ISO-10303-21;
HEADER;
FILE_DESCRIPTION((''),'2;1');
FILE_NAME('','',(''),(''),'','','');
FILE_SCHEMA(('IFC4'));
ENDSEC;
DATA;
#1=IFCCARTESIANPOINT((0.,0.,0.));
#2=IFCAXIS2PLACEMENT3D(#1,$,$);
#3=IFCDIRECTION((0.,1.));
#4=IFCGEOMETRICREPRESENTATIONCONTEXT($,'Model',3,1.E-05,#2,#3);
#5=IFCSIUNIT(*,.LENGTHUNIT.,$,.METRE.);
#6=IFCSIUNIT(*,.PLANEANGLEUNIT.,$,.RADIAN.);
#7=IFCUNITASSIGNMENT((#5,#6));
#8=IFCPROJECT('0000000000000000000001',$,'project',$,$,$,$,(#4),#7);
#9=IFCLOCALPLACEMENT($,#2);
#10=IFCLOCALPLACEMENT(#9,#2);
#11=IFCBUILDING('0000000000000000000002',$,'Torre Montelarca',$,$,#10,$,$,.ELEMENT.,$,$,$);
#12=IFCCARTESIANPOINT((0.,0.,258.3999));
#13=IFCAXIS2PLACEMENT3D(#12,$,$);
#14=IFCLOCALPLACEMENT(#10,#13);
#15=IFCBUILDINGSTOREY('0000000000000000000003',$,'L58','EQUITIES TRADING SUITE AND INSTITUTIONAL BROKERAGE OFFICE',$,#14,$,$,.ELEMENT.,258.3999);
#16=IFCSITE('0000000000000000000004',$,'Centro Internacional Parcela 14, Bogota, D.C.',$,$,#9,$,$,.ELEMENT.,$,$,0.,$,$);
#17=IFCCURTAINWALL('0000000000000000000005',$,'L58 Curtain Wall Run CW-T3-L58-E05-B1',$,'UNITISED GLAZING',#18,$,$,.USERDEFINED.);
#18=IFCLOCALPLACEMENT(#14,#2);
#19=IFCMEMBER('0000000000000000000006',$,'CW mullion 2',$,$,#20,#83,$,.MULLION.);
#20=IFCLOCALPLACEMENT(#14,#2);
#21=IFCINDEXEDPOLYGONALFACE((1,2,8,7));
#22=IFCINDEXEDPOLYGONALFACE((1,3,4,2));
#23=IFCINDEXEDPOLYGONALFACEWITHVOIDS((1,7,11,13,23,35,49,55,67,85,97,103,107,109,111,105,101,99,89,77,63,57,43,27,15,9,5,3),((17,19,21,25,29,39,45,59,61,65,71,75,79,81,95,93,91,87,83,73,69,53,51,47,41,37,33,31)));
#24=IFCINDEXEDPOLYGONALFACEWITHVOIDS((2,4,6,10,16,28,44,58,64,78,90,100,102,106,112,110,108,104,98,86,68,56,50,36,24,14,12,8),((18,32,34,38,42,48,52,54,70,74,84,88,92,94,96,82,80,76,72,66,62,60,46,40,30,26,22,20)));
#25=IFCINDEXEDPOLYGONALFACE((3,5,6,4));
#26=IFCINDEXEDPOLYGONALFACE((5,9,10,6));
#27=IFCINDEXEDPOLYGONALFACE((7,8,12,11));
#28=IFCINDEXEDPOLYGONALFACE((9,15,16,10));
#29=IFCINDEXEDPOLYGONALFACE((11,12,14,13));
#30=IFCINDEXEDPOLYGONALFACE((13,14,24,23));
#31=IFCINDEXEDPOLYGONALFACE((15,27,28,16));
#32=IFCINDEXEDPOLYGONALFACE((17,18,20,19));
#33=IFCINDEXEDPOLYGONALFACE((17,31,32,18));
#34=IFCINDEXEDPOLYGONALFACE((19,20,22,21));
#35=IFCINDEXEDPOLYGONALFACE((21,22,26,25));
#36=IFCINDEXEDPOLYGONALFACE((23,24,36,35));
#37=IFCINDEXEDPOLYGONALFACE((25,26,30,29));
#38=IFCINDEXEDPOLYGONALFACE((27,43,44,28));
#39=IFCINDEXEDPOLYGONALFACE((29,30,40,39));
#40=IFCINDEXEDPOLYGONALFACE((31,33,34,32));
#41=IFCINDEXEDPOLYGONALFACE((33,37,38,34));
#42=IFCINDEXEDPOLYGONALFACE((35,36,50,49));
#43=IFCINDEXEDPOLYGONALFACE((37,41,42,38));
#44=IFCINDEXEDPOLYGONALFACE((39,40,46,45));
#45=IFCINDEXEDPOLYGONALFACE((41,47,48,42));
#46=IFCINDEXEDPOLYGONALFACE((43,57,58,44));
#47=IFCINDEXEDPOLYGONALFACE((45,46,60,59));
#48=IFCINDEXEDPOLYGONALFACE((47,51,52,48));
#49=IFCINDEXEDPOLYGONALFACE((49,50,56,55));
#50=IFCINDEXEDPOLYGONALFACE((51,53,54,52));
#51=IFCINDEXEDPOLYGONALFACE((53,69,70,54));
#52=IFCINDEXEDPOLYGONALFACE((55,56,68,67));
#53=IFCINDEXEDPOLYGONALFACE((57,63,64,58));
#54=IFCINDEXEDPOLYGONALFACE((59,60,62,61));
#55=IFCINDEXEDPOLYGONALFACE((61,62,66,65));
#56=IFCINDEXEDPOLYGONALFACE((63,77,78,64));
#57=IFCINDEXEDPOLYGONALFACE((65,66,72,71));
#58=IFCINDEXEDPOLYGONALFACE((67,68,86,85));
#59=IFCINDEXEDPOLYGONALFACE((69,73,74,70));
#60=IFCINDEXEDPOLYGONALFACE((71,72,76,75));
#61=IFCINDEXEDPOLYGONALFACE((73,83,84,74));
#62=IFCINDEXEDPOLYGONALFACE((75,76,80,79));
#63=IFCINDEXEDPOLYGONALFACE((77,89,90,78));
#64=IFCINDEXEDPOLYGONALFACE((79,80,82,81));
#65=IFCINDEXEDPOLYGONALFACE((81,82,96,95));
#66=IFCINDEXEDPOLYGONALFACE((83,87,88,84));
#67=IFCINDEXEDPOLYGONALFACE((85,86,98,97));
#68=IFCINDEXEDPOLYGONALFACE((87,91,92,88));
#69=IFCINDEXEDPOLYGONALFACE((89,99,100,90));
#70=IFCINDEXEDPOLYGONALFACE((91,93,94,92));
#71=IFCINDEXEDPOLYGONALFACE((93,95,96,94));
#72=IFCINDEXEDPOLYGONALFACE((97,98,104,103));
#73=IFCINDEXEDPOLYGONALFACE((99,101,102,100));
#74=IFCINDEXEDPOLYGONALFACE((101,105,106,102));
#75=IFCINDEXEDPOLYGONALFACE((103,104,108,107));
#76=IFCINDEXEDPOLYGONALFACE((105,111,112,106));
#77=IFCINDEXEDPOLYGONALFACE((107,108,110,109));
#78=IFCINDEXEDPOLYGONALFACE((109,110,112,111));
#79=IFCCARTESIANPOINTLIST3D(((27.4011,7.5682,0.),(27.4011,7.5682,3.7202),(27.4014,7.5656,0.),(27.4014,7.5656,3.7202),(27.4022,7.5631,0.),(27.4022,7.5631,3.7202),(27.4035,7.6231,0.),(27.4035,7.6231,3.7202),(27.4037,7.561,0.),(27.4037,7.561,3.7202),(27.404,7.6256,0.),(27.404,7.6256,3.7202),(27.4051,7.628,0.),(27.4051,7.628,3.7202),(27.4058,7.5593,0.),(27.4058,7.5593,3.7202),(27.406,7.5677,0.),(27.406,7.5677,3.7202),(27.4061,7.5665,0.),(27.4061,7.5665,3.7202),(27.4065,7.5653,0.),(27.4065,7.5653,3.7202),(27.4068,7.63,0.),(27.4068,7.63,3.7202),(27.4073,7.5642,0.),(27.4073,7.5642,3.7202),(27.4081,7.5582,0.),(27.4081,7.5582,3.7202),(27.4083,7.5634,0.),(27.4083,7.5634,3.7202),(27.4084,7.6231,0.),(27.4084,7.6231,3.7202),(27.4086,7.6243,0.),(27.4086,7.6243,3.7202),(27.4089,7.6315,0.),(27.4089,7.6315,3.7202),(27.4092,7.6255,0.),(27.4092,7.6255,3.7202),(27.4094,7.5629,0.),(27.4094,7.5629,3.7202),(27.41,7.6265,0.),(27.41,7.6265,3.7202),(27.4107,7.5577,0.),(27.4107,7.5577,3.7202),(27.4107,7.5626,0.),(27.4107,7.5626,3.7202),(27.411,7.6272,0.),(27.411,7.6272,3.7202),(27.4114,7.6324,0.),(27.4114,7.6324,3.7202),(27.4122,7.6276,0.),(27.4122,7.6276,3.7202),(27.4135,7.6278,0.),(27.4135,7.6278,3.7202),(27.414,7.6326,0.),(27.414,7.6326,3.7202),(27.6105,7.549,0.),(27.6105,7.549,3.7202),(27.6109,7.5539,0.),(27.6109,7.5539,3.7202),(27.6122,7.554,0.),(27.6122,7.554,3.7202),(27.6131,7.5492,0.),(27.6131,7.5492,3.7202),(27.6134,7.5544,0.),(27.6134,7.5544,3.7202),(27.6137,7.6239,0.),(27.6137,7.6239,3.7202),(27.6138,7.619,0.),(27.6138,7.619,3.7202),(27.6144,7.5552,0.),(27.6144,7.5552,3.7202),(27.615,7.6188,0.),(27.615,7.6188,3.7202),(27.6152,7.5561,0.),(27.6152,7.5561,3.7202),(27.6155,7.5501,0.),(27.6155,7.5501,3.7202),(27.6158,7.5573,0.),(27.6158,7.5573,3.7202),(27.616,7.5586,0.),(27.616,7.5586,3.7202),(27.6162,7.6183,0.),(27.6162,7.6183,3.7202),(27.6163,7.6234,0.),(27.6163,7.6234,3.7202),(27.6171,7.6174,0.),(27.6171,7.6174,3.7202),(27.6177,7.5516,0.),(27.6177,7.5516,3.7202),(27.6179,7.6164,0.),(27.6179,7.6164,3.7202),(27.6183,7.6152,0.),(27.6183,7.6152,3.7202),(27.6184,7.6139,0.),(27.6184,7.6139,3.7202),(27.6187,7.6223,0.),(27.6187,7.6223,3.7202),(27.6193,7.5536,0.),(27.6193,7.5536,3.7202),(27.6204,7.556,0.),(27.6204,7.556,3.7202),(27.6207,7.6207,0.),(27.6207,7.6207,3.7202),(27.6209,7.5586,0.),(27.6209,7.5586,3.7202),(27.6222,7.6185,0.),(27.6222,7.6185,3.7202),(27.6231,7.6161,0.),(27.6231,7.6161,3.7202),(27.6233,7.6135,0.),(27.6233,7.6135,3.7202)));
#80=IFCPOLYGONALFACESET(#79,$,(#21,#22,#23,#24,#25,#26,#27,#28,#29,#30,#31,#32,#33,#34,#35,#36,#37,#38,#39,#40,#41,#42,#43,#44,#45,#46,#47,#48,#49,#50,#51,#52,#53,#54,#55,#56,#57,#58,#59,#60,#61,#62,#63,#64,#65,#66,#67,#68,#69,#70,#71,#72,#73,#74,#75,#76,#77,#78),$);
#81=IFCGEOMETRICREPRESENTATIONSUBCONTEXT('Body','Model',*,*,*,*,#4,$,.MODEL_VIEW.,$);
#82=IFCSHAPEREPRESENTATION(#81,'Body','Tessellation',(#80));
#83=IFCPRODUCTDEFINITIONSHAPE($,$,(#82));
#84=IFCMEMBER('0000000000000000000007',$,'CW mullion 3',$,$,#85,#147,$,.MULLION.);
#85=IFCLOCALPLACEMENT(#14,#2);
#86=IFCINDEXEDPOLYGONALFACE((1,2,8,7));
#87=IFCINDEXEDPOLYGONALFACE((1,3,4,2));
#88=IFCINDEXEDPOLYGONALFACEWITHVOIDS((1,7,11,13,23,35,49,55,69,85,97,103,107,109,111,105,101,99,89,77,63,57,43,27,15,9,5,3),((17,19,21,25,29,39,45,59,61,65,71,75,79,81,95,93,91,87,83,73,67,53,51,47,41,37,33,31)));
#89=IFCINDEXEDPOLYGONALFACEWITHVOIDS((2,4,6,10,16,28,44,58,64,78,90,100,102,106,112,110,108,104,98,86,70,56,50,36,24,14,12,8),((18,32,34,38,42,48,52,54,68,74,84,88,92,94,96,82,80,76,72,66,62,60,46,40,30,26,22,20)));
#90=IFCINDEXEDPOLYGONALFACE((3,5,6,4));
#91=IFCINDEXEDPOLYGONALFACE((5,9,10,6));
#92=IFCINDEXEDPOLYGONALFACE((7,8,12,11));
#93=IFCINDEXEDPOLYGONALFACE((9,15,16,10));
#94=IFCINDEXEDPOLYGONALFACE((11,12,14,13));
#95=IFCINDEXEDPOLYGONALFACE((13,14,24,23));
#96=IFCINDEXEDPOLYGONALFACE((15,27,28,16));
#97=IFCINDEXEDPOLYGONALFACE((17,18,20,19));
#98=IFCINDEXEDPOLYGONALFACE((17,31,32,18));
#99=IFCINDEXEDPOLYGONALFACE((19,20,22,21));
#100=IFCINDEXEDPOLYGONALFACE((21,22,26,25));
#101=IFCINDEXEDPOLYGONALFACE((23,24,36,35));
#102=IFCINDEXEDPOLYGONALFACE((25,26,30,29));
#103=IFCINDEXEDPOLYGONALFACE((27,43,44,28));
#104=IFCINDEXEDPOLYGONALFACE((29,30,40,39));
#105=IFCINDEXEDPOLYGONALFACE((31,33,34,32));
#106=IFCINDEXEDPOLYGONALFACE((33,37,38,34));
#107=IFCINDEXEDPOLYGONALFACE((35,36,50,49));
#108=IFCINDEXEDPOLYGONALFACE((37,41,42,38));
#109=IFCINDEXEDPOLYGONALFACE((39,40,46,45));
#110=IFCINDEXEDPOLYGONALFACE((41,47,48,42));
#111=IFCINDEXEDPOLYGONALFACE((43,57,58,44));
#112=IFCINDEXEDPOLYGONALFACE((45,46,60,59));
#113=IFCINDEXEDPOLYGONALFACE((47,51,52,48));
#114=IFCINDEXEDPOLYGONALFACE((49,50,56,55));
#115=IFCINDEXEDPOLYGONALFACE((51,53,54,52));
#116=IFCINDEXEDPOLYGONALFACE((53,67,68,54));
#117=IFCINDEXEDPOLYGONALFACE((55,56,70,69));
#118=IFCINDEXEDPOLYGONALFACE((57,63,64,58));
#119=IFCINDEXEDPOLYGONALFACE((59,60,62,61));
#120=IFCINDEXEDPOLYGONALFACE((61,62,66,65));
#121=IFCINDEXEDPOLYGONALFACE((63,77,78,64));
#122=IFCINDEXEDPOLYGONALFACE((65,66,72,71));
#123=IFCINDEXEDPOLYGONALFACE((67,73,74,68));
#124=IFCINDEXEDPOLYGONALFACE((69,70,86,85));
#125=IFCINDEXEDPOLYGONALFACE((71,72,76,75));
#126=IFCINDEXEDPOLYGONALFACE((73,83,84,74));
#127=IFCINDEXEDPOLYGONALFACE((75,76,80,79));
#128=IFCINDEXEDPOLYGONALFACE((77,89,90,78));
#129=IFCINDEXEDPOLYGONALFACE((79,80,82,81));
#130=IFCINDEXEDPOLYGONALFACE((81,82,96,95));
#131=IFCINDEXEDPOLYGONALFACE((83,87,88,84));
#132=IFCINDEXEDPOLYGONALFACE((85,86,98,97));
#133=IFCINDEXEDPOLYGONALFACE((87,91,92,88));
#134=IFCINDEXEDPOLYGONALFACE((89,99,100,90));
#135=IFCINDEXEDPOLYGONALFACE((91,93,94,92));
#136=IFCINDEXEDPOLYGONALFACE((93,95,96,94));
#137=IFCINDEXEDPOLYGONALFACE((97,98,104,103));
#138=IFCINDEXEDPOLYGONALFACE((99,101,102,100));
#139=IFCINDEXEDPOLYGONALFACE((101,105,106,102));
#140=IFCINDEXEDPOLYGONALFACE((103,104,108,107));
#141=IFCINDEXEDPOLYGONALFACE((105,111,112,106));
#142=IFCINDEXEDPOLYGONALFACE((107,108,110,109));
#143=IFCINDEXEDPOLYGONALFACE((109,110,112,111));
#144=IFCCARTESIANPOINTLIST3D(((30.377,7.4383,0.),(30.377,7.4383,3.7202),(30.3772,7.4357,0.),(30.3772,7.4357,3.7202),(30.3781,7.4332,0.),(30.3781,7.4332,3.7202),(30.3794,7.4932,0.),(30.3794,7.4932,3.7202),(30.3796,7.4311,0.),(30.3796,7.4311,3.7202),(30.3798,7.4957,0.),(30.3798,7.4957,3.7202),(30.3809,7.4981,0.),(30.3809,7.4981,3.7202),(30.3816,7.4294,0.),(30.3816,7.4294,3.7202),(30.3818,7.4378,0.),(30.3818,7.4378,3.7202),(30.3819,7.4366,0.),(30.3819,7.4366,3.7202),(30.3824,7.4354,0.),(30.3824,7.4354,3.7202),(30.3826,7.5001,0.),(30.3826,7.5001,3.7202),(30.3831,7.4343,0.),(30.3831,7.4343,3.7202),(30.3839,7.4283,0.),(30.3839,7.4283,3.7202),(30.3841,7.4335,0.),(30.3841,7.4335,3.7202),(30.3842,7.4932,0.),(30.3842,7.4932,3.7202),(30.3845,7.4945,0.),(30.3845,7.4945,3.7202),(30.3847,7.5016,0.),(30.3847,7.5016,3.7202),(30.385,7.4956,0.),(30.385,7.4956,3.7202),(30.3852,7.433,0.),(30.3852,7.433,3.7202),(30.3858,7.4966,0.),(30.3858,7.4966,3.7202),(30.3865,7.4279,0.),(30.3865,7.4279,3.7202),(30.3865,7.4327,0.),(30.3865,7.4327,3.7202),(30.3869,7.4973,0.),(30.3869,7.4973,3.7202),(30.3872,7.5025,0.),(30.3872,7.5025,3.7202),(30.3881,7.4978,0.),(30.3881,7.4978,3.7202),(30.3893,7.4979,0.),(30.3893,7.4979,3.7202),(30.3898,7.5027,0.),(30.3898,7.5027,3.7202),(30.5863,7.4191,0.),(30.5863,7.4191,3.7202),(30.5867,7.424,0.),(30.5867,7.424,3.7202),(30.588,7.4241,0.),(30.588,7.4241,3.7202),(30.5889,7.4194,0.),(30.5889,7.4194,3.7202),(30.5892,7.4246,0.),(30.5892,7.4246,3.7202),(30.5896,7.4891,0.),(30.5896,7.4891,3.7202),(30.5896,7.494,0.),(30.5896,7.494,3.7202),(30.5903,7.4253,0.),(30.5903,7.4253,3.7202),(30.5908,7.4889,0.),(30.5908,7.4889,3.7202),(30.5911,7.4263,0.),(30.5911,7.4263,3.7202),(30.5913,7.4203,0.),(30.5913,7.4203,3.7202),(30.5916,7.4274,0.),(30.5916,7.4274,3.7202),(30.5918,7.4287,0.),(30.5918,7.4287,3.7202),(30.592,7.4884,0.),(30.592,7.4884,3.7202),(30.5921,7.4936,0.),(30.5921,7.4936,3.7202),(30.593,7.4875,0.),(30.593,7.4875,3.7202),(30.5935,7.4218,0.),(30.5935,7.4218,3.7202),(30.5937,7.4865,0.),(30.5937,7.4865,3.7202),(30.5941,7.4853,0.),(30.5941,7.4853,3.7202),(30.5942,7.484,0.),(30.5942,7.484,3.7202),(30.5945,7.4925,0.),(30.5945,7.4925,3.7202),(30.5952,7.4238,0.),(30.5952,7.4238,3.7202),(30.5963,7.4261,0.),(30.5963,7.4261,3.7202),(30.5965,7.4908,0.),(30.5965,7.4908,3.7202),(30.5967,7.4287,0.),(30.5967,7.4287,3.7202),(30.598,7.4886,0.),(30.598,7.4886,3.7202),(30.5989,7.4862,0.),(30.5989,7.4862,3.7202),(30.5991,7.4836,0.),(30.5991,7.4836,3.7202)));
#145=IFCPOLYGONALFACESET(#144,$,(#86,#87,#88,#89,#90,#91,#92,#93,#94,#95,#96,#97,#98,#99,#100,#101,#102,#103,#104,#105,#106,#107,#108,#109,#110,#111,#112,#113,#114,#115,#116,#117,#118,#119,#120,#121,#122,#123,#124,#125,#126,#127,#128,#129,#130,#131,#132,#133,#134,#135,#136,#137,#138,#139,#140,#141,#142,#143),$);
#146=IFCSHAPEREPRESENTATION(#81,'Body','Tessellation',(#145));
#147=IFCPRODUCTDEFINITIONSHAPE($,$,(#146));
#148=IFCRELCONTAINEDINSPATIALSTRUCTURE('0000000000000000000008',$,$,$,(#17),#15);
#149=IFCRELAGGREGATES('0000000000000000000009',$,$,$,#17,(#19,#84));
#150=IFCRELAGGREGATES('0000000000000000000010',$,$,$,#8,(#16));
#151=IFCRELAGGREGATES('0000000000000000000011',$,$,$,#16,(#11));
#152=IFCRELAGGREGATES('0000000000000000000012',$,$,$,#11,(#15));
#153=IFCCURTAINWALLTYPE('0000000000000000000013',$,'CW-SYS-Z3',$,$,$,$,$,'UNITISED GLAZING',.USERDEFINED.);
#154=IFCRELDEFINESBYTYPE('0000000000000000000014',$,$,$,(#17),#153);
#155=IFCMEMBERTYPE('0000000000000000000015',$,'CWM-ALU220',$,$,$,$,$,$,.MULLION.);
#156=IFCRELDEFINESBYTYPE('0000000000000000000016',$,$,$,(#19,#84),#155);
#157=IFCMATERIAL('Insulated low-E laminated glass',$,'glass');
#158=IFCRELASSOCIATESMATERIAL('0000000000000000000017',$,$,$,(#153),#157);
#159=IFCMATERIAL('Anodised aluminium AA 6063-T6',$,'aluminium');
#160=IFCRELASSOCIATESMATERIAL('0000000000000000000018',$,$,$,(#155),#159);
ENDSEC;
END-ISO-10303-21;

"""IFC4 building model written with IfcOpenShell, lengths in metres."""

from ifc_helpers import new_model, si_unit, direction, frame, origin, origin_2d, place, context, subcontext, project, spatial, hollow_rectangle, extrude, source, transform, mapped, material, material_profile, profile_set, type_object, element, aggregate, save


model = new_model("IFC4")

# Units and contexts
model_context = context("Model", 3, precision=1e-05, world=origin(), true_north=direction((0.0, 1.0)))
body_context = subcontext(model_context, "Body", "Model", "MODEL_VIEW")
ifc_project = project(units=[si_unit("LENGTHUNIT", "METRE"), si_unit("PLANEANGLEUNIT", "RADIAN")], contexts=[model_context])

# Site, building, storey
site_placement = place(None, origin())
site = spatial("IfcSite", under=ifc_project, at=site_placement, Name="Centro Internacional Parcela 14, Bogota, D.C.", CompositionType="ELEMENT", RefElevation=0.0)
building_placement = place(site_placement, origin())
building = spatial("IfcBuilding", under=site, at=building_placement, Name="Torre Montelarca", CompositionType="ELEMENT")
storey_placement = place(building_placement, frame((0.0, 0.0, 258.3999)))
storey = spatial("IfcBuildingStorey", under=building, at=storey_placement, Name="L58", Description="EQUITIES TRADING SUITE AND INSTITUTIONAL BROKERAGE OFFICE", CompositionType="ELEMENT", Elevation=258.3999)

# Curtain wall
ifc_material_1 = material(Name="Insulated low-E laminated glass", Category="glass")
curtain_wall_type = type_object("IfcCurtainWallType", Name="CW-SYS-Z3", ElementType="UNITISED GLAZING", PredefinedType="USERDEFINED", material=ifc_material_1)
curtain_wall_1_placement = place(storey_placement, origin())
curtain_wall_1 = element("IfcCurtainWall", 1, at=curtain_wall_1_placement, inside=storey, type_object=curtain_wall_type, Name="L58 Curtain Wall Run CW-T3-L58-E05-B1", ObjectType="UNITISED GLAZING", PredefinedType="USERDEFINED")
ifc_material_2 = material(Name="Anodised aluminium AA 6063-T6", Category="aluminium")
ifc_material_profile_1 = material_profile(ifc_material_2, hollow_rectangle(XDim=0.075, YDim=0.22, WallThickness=0.0049, InnerFilletRadius=0.0049, OuterFilletRadius=0.01, at=origin_2d()), Name="ALU75X220X5", Category="aluminium")
ifc_profile_set_1 = profile_set([ifc_material_profile_1], Name="Anodised aluminium AA 6063-T6")
member_type_1 = type_object("IfcMemberType", Name="CWM-ALU220", PredefinedType="MULLION", material=ifc_profile_set_1)
shared_shape_1 = source(origin(), body_context, "Body", "SweptSolid", [
    extrude(hollow_rectangle(XDim=0.075, YDim=0.22, WallThickness=0.0049, InnerFilletRadius=0.0049, OuterFilletRadius=0.01, at=origin_2d()), origin(), (0.0, 0.0, 1.0), 3.7202),
])

# Members
member_1_placement = place(storey_placement, frame((27.5122, 7.5908, 0.0), z_axis=(0.0, 0.0, 1.0), x_axis=(0.043616, 0.999048, 0.0)))
member_1 = element("IfcMember", 2, at=member_1_placement, type_object=member_type_1, Name="CW mullion 2", PredefinedType="MULLION", context=body_context, shape_type="MappedRepresentation", body=[
    mapped(shared_shape_1, transform((0.0, 0.0, 0.0), scale=1.0)),
])
member_2_placement = place(storey_placement, frame((30.488, 7.4609, 0.0), z_axis=(0.0, 0.0, 1.0), x_axis=(0.043616, 0.999048, 0.0)))
member_2 = element("IfcMember", 3, at=member_2_placement, type_object=member_type_1, Name="CW mullion 3", PredefinedType="MULLION", context=body_context, shape_type="MappedRepresentation", body=[
    mapped(shared_shape_1, transform((0.0, 0.0, 0.0), scale=1.0)),
])

aggregate(curtain_wall_1, [member_1, member_2])

save(model, "model.ifc")
